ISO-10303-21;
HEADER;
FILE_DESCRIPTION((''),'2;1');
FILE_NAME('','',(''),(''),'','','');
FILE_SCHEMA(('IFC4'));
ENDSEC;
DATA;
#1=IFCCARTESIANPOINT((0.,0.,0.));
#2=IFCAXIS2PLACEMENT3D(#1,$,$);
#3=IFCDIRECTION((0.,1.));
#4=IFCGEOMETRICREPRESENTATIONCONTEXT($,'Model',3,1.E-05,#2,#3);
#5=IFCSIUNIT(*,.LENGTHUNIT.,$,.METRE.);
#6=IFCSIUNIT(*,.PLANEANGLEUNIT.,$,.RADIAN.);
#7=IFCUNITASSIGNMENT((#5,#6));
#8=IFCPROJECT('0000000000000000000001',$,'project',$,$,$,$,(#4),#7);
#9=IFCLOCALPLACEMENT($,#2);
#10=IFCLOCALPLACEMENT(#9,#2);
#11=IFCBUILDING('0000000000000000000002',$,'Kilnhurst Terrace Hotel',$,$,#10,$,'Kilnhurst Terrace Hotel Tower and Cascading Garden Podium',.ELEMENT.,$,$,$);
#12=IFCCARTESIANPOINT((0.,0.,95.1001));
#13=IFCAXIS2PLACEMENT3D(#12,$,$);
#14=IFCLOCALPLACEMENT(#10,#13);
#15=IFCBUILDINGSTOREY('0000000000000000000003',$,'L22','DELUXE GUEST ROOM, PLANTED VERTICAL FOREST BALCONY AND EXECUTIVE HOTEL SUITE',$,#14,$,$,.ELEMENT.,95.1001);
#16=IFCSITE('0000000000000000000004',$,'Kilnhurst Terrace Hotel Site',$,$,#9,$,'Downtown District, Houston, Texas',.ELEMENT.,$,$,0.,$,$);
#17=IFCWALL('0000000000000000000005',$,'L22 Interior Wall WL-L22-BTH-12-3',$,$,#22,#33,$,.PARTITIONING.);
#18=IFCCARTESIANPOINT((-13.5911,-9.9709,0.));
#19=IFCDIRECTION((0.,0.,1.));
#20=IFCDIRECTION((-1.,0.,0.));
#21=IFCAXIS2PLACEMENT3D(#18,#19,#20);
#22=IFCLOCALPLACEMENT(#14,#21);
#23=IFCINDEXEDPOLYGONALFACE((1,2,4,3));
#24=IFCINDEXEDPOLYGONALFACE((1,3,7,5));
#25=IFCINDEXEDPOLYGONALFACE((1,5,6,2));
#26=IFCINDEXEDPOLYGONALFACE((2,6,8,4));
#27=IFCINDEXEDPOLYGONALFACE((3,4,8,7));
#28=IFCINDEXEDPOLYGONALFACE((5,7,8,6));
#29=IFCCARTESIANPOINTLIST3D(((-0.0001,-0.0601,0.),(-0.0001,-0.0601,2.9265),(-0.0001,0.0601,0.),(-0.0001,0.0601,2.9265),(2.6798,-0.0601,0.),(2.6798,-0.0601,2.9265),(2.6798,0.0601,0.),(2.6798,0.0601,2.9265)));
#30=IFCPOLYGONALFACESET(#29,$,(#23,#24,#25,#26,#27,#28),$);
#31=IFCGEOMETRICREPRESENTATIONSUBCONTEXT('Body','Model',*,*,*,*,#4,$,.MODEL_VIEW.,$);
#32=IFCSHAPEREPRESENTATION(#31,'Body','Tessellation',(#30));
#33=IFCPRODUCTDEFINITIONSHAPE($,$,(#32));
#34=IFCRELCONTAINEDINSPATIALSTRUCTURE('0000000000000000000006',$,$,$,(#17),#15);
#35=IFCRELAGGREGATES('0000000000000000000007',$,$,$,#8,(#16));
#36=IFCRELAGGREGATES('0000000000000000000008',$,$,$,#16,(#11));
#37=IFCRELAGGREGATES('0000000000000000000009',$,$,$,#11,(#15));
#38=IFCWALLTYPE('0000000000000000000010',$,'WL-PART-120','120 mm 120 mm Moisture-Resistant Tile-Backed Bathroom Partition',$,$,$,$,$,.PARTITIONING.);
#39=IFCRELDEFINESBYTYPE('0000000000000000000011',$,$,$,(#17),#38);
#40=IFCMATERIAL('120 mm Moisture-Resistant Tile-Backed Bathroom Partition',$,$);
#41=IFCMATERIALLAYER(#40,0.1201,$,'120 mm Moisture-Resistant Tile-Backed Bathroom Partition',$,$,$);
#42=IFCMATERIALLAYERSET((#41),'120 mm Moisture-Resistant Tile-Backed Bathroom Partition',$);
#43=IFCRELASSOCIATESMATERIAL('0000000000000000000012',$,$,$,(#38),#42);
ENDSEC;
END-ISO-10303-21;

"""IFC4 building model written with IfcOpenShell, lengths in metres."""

from ifc_helpers import new_model, si_unit, direction, frame, frame_2d, origin, place, context, subcontext, project, spatial, rectangle, extrude, material, layer, layer_set, type_object, element, save


model = new_model("IFC4")

# Units and contexts
model_context = context("Model", 3, precision=1e-05, world=origin(), true_north=direction((0.0, 1.0)))
body_context = subcontext(model_context, "Body", "Model", "MODEL_VIEW")
ifc_project = project(units=[si_unit("LENGTHUNIT", "METRE"), si_unit("PLANEANGLEUNIT", "RADIAN")], contexts=[model_context])

# Site, building, storey
site_placement = place(None, origin())
site = spatial("IfcSite", under=ifc_project, at=site_placement, Name="Kilnhurst Terrace Hotel Site", LongName="Downtown District, Houston, Texas", CompositionType="ELEMENT", RefElevation=0.0)
building_placement = place(site_placement, origin())
building = spatial("IfcBuilding", under=site, at=building_placement, Name="Kilnhurst Terrace Hotel", LongName="Kilnhurst Terrace Hotel Tower and Cascading Garden Podium", CompositionType="ELEMENT")
storey_placement = place(building_placement, frame((0.0, 0.0, 95.1001)))
storey = spatial("IfcBuildingStorey", under=building, at=storey_placement, Name="L22", Description="DELUXE GUEST ROOM, PLANTED VERTICAL FOREST BALCONY AND EXECUTIVE HOTEL SUITE", CompositionType="ELEMENT", Elevation=95.1001)

# Shared definitions
ifc_material_1 = material(Name="120 mm Moisture-Resistant Tile-Backed Bathroom Partition")
ifc_layer_1 = layer(ifc_material_1, 0.1201, Name="120 mm Moisture-Resistant Tile-Backed Bathroom Partition")
ifc_layer_set_1 = layer_set([ifc_layer_1], Name="120 mm Moisture-Resistant Tile-Backed Bathroom Partition")
wall_type_1 = type_object("IfcWallType", Name="WL-PART-120", Description="120 mm 120 mm Moisture-Resistant Tile-Backed Bathroom Partition", PredefinedType="PARTITIONING", material=ifc_layer_set_1)

# Wall
wall_1_placement = place(storey_placement, frame((-13.5911, -9.9709, 0.0), z_axis=(0.0, 0.0, 1.0), x_axis=(-1.0, 0.0, 0.0)))
element("IfcWall", 1, at=wall_1_placement, inside=storey, type_object=wall_type_1, Name="L22 Interior Wall WL-L22-BTH-12-3", PredefinedType="PARTITIONING", context=body_context, shape_type="SweptSolid", body=[
    extrude(rectangle(XDim=2.6799, YDim=0.1201, at=frame_2d((1.3398, 0.0))), origin(), (0.0, 0.0, 1.0), 2.9265),
])

save(model, "model.ifc")
